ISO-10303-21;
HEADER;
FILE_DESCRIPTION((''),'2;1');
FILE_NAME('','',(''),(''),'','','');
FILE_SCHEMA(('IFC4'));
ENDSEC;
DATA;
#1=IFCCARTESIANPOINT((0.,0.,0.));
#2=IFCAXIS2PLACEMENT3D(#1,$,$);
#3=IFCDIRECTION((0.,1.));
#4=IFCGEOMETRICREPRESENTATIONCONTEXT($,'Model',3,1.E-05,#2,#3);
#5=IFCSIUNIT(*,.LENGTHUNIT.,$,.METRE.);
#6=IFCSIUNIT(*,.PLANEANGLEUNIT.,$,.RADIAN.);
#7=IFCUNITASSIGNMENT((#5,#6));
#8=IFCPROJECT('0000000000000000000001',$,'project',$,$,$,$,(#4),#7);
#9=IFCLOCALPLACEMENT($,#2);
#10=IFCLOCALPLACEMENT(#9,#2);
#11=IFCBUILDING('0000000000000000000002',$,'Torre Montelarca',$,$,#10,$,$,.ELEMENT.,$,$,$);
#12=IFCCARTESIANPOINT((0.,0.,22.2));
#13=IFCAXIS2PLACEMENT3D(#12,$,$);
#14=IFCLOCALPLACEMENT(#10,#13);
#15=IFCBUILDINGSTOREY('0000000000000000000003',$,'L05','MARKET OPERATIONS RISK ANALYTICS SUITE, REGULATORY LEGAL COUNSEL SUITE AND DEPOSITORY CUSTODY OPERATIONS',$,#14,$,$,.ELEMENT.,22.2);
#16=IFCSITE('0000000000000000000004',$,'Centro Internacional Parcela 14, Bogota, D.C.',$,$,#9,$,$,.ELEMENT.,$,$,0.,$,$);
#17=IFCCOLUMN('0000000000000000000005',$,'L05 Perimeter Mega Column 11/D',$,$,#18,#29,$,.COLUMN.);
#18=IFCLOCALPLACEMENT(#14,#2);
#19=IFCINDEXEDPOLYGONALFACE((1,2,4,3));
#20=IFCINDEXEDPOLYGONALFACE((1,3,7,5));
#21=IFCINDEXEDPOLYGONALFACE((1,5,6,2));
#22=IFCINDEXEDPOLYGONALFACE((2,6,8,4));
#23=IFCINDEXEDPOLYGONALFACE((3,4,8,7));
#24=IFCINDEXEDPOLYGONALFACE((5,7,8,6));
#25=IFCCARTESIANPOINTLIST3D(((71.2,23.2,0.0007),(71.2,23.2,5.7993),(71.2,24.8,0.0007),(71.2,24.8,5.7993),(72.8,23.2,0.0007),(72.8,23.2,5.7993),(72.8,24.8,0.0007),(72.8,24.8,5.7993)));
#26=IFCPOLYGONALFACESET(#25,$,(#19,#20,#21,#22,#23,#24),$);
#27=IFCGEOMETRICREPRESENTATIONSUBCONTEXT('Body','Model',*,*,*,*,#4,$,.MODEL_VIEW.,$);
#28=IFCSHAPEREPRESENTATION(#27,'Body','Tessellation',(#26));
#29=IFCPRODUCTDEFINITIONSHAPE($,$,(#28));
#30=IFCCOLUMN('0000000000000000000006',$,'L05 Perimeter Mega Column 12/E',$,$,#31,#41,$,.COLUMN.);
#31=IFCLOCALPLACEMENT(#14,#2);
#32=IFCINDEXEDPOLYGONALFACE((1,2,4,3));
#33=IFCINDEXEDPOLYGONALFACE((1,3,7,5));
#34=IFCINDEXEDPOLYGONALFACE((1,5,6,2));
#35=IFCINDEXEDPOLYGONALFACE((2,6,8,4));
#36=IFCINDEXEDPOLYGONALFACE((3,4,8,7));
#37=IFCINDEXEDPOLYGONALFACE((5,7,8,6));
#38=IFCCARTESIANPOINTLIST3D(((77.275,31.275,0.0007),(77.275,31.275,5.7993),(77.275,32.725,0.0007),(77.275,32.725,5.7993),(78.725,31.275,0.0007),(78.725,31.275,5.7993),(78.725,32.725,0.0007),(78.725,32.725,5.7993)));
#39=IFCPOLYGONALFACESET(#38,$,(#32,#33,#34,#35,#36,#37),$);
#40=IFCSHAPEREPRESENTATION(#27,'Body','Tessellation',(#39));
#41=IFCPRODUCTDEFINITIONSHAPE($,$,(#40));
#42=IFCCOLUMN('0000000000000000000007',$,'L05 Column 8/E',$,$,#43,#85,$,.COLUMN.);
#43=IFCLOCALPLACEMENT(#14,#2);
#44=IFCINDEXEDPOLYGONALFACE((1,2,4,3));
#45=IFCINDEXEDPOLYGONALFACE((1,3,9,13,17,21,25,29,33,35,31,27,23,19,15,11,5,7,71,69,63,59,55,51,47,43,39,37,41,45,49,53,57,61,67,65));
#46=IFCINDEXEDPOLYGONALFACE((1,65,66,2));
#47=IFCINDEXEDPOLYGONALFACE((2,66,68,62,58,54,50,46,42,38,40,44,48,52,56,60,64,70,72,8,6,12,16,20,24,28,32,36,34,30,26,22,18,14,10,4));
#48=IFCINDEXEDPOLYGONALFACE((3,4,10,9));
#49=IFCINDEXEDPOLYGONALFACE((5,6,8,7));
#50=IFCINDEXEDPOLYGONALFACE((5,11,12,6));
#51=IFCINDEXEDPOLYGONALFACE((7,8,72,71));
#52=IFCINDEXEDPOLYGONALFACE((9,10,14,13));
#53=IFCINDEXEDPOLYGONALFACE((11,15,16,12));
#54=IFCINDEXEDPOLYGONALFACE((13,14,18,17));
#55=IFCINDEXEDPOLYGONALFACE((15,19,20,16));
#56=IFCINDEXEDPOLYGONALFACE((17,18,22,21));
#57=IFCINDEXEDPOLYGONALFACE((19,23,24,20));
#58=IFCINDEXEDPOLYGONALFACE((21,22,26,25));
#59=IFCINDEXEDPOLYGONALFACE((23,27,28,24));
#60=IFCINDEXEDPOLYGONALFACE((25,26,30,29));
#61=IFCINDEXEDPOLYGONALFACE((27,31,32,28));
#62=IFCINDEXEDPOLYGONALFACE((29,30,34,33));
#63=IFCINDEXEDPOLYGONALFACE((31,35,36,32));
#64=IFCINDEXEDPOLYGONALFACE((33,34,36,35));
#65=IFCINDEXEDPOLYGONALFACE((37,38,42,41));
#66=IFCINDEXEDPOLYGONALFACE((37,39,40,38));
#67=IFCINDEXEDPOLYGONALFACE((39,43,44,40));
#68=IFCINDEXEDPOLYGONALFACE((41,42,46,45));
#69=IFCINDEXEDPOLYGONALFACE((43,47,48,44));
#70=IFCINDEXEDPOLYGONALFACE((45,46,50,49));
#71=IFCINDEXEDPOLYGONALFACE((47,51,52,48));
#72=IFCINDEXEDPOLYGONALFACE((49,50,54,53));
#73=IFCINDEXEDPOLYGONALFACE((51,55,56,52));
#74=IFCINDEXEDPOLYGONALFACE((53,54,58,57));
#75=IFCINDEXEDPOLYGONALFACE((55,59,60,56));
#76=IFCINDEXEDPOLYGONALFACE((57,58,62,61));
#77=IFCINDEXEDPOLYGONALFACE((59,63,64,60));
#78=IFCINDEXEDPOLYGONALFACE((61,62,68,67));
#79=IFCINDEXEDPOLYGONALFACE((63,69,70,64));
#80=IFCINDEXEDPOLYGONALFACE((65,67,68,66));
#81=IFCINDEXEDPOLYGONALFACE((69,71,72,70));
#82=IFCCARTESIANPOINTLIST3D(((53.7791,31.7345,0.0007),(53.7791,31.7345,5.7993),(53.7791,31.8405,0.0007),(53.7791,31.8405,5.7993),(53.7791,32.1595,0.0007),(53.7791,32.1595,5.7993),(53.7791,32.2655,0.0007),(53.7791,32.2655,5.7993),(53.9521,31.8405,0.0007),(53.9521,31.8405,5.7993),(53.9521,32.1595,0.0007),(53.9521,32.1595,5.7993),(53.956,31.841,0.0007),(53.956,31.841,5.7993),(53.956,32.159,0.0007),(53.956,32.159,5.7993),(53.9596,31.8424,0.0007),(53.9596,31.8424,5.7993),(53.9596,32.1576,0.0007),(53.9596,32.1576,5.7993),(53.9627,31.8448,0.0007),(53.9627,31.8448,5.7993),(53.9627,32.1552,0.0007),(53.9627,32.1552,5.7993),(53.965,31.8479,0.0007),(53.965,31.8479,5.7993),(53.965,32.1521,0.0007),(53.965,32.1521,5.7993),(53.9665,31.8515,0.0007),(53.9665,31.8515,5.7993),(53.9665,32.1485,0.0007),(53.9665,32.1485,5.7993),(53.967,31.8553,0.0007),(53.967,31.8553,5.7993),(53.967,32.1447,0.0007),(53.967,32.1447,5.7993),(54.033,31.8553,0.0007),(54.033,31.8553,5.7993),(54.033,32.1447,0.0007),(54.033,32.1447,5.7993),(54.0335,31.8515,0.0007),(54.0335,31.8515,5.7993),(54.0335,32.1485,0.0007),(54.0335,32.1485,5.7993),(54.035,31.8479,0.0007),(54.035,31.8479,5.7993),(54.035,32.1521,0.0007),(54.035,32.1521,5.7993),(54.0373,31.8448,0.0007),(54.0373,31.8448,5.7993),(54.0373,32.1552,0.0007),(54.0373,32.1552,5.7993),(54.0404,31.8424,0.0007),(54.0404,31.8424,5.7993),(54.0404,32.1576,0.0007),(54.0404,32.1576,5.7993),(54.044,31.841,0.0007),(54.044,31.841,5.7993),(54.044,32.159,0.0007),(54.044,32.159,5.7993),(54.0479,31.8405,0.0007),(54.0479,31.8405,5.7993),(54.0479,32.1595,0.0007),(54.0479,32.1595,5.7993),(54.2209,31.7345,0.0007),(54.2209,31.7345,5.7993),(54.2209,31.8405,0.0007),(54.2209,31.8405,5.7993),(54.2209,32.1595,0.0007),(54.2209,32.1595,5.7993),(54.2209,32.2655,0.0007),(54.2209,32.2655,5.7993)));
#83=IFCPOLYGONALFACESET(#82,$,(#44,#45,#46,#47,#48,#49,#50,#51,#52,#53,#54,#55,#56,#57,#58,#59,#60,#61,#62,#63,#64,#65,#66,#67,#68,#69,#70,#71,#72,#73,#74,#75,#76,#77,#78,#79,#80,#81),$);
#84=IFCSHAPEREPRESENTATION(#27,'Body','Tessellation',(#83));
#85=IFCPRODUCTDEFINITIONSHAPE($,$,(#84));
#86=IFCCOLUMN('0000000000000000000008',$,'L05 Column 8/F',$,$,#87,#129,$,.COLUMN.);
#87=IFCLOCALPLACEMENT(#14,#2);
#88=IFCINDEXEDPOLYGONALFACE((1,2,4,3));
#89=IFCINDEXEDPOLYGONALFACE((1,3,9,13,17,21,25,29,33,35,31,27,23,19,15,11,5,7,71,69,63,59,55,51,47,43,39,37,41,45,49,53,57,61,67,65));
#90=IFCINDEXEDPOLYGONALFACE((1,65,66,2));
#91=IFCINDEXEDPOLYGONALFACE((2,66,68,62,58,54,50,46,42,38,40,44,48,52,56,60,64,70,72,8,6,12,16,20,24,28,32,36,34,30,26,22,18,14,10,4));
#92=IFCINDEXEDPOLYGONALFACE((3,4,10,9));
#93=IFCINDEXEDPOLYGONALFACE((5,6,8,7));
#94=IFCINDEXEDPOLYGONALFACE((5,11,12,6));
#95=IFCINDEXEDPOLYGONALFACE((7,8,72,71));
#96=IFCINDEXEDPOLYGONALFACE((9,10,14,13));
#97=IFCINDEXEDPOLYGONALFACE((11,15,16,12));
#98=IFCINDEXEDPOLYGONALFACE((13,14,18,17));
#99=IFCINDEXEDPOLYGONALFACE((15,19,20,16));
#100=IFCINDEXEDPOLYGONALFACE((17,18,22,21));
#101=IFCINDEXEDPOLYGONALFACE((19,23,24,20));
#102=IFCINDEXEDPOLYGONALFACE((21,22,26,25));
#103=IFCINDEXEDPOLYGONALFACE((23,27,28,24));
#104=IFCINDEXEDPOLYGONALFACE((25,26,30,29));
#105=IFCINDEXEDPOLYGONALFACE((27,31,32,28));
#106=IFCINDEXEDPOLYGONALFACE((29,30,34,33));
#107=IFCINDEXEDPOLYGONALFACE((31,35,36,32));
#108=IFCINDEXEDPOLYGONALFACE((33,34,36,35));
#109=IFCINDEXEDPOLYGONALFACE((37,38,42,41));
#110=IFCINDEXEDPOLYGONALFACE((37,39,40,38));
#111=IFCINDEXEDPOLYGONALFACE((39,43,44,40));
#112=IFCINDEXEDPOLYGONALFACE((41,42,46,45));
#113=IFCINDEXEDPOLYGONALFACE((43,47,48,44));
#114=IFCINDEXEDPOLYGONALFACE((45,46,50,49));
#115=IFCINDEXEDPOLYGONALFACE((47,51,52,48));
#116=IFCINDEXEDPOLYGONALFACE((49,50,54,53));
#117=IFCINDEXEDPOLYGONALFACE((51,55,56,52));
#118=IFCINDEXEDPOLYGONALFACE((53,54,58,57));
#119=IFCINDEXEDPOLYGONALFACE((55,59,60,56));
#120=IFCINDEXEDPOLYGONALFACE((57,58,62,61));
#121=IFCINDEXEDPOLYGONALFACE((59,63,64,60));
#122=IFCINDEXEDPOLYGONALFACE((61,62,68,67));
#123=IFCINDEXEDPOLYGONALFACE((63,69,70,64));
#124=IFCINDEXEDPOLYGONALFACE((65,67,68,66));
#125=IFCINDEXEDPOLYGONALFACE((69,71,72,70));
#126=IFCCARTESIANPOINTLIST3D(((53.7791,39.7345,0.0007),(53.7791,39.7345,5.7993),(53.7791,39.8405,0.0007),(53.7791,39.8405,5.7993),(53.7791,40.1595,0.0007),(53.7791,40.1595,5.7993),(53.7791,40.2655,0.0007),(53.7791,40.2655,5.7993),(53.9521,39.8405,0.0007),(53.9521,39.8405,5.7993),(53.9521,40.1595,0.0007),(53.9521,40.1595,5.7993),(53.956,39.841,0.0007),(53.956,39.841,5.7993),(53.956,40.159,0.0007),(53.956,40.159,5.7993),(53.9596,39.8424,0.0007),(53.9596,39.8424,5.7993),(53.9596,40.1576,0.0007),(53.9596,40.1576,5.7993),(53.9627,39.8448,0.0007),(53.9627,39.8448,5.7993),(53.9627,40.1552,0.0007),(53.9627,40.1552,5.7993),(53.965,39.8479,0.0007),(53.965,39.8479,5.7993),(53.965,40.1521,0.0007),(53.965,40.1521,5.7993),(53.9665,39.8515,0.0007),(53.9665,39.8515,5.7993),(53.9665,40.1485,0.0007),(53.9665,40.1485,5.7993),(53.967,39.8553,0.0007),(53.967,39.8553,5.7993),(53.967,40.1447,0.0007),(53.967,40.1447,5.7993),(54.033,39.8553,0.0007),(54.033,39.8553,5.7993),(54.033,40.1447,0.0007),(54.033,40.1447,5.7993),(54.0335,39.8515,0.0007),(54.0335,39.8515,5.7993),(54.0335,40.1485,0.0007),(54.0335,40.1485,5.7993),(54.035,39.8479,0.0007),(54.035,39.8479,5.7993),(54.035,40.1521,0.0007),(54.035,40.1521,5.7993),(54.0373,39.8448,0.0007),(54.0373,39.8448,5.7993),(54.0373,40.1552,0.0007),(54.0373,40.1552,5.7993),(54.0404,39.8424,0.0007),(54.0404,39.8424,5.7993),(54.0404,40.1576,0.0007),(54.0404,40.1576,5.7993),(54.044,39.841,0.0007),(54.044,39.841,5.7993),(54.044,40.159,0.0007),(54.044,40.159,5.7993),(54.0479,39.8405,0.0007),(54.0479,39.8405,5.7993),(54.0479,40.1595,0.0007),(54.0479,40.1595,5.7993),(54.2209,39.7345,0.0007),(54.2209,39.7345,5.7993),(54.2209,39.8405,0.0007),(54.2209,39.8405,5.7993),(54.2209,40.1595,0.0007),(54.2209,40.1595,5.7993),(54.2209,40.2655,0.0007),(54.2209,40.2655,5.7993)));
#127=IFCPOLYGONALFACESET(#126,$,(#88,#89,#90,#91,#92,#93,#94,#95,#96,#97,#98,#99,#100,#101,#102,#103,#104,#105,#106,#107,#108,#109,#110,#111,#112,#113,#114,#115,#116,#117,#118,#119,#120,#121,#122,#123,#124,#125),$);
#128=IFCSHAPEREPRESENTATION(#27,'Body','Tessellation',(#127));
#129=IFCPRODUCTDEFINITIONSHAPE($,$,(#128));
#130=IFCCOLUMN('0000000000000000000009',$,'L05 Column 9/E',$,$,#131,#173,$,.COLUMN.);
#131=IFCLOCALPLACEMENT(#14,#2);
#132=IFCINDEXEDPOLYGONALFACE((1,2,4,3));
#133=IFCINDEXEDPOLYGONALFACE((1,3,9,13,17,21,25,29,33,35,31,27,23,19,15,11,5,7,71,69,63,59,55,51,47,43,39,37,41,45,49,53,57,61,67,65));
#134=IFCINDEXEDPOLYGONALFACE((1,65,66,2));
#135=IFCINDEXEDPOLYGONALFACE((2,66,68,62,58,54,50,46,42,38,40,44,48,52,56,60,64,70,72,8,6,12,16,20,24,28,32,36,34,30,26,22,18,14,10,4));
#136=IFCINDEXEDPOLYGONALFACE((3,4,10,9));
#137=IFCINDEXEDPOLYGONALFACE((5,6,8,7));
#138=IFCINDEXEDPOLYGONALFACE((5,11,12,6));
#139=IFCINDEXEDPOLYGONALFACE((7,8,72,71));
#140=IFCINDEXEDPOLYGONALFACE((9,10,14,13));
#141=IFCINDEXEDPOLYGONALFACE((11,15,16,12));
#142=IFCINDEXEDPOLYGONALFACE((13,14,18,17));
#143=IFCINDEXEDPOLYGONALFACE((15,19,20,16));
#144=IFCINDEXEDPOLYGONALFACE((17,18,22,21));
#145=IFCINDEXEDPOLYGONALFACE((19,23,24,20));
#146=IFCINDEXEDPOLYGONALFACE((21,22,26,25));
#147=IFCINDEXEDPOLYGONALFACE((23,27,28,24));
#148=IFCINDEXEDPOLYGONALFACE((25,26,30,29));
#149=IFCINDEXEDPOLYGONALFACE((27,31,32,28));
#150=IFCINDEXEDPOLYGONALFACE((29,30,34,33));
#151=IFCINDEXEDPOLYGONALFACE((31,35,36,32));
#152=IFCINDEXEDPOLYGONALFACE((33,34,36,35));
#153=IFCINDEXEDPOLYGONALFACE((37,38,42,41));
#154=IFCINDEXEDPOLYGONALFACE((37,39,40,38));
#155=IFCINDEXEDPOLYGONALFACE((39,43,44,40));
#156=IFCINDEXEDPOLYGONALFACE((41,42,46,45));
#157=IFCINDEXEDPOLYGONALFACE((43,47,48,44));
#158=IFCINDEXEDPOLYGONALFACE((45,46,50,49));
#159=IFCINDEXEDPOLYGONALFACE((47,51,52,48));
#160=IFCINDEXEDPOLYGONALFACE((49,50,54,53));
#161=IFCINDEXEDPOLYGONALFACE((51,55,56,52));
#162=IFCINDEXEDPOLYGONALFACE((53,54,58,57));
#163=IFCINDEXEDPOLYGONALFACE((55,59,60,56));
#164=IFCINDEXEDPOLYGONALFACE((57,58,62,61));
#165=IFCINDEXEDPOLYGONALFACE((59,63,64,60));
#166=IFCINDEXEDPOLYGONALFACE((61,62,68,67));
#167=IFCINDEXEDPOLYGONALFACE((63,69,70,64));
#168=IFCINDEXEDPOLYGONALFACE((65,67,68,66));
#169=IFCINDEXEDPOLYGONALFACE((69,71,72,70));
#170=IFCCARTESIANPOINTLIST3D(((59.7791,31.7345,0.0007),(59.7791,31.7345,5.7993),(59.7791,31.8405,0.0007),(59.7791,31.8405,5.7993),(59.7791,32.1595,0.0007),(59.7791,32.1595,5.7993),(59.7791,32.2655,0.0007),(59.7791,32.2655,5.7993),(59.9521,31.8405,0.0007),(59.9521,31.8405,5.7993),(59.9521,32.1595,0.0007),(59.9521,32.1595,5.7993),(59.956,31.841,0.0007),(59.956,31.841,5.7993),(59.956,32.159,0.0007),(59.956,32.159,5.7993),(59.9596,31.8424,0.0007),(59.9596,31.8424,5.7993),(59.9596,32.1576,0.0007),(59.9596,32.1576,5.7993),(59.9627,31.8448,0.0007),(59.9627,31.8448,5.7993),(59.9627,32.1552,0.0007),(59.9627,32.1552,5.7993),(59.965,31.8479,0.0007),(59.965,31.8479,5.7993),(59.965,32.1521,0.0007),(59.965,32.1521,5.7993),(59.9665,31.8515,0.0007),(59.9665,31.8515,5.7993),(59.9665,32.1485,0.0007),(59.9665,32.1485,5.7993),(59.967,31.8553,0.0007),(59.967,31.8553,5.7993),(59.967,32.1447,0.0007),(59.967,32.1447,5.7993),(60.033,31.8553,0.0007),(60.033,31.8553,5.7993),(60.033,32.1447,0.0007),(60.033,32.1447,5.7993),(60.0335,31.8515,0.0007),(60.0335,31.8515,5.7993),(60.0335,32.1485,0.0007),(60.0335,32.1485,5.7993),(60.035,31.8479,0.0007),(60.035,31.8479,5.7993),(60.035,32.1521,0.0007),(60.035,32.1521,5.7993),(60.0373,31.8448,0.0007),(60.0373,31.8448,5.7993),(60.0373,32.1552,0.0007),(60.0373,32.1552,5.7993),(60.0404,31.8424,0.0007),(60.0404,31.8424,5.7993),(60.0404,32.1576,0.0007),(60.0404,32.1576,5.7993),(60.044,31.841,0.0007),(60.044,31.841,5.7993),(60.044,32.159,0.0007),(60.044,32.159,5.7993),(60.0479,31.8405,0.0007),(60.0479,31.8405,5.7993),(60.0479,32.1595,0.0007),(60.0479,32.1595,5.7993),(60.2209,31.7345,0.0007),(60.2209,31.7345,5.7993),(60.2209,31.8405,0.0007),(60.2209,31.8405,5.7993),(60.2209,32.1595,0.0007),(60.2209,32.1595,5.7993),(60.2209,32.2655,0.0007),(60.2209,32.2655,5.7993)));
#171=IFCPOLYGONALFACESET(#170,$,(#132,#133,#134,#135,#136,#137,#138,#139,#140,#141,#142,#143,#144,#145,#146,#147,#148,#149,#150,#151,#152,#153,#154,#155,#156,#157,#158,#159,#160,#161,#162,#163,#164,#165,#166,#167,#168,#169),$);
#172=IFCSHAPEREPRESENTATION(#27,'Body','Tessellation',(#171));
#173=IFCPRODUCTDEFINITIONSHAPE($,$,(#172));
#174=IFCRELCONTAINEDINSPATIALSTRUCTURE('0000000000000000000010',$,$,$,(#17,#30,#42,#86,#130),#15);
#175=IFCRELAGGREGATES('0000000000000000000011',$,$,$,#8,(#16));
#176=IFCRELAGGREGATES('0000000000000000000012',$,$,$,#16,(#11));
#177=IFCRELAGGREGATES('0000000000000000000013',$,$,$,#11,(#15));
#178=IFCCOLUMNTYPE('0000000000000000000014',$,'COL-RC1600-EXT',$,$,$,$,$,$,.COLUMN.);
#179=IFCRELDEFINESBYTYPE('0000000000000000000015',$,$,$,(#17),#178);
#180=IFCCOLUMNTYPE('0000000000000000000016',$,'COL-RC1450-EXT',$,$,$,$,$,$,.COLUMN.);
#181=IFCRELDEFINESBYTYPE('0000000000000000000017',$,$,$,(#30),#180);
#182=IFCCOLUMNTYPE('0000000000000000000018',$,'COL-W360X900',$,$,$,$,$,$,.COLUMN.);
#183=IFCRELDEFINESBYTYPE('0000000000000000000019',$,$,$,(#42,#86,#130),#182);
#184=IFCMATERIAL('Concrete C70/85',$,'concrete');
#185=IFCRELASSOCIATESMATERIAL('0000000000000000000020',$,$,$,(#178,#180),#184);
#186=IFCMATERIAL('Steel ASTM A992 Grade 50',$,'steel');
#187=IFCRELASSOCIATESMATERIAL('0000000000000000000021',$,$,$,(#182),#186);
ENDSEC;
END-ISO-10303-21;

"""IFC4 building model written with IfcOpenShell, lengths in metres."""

from ifc_helpers import new_model, si_unit, direction, frame, origin, origin_2d, place, context, subcontext, project, spatial, rectangle, i_section, extrude, source, transform, mapped, material, material_profile, profile_set, type_object, element, save


model = new_model("IFC4")

# Units and contexts
model_context = context("Model", 3, precision=1e-05, world=origin(), true_north=direction((0.0, 1.0)))
body_context = subcontext(model_context, "Body", "Model", "MODEL_VIEW")
ifc_project = project(units=[si_unit("LENGTHUNIT", "METRE"), si_unit("PLANEANGLEUNIT", "RADIAN")], contexts=[model_context])

# Site, building, storey
site_placement = place(None, origin())
site = spatial("IfcSite", under=ifc_project, at=site_placement, Name="Centro Internacional Parcela 14, Bogota, D.C.", CompositionType="ELEMENT", RefElevation=0.0)
building_placement = place(site_placement, origin())
building = spatial("IfcBuilding", under=site, at=building_placement, Name="Torre Montelarca", CompositionType="ELEMENT")
storey_placement = place(building_placement, frame((0.0, 0.0, 22.2)))
storey = spatial("IfcBuildingStorey", under=building, at=storey_placement, Name="L05", Description="MARKET OPERATIONS RISK ANALYTICS SUITE, REGULATORY LEGAL COUNSEL SUITE AND DEPOSITORY CUSTODY OPERATIONS", CompositionType="ELEMENT", Elevation=22.2)

# Columns
ifc_material_1 = material(Name="Concrete C70/85", Category="concrete")
ifc_material_profile_1 = material_profile(ifc_material_1, rectangle(XDim=1.6001, YDim=1.6001, at=origin_2d()), Name="RC1600X1600", Category="concrete")
ifc_profile_set_1 = profile_set([ifc_material_profile_1], Name="Concrete C70/85")
column_type_1 = type_object("IfcColumnType", Name="COL-RC1600-EXT", PredefinedType="COLUMN", material=ifc_profile_set_1)
shared_shape_1 = source(origin(), body_context, "Body", "SweptSolid", [
    extrude(rectangle(XDim=1.6001, YDim=1.6001, at=origin_2d()), origin(), (0.0, 0.0, 1.0), 5.7986),
])
column_1_placement = place(storey_placement, frame((72.0, 24.0, 0.0007), z_axis=(0.0, 0.0, 1.0), x_axis=(1.0, 0.0, 0.0)))
element("IfcColumn", 1, at=column_1_placement, inside=storey, type_object=column_type_1, Name="L05 Perimeter Mega Column 11/D", PredefinedType="COLUMN", context=body_context, shape_type="MappedRepresentation", body=[
    mapped(shared_shape_1, transform((0.0, 0.0, 0.0), scale=1.0)),
])
ifc_material_profile_2 = material_profile(ifc_material_1, rectangle(XDim=1.45, YDim=1.45, at=origin_2d()), Name="RC1450X1450", Category="concrete")
ifc_profile_set_2 = profile_set([ifc_material_profile_2], Name="Concrete C70/85")
column_type_2 = type_object("IfcColumnType", Name="COL-RC1450-EXT", PredefinedType="COLUMN", material=ifc_profile_set_2)
shared_shape_2 = source(origin(), body_context, "Body", "SweptSolid", [
    extrude(rectangle(XDim=1.45, YDim=1.45, at=origin_2d()), origin(), (0.0, 0.0, 1.0), 5.7986),
])
column_2_placement = place(storey_placement, frame((78.0, 32.0, 0.0007), z_axis=(0.0, 0.0, 1.0), x_axis=(1.0, 0.0, 0.0)))
element("IfcColumn", 2, at=column_2_placement, inside=storey, type_object=column_type_2, Name="L05 Perimeter Mega Column 12/E", PredefinedType="COLUMN", context=body_context, shape_type="MappedRepresentation", body=[
    mapped(shared_shape_2, transform((0.0, 0.0, 0.0), scale=1.0)),
])
ifc_material_2 = material(Name="Steel ASTM A992 Grade 50", Category="steel")
ifc_material_profile_3 = material_profile(ifc_material_2, i_section(OverallWidth=0.4419, OverallDepth=0.531, WebThickness=0.0659, FlangeThickness=0.106, FilletRadius=0.0149, at=origin_2d()), Name="W360X900", Category="steel")
ifc_profile_set_3 = profile_set([ifc_material_profile_3], Name="Steel ASTM A992 Grade 50")
column_type_3 = type_object("IfcColumnType", Name="COL-W360X900", PredefinedType="COLUMN", material=ifc_profile_set_3)
shared_shape_3 = source(origin(), body_context, "Body", "SweptSolid", [
    extrude(i_section(OverallWidth=0.4419, OverallDepth=0.531, WebThickness=0.0659, FlangeThickness=0.106, FilletRadius=0.0149, at=origin_2d()), origin(), (0.0, 0.0, 1.0), 5.7986),
])
for number, where, z_axis, x_axis, name in (
    (3, (54.0, 32.0, 0.0007), (0.0, 0.0, 1.0), (1.0, 0.0, 0.0), "L05 Column 8/E"),
    (4, (54.0, 40.0, 0.0007), (0.0, 0.0, 1.0), (1.0, 0.0, 0.0), "L05 Column 8/F"),
    (5, (60.0, 32.0, 0.0007), (0.0, 0.0, 1.0), (1.0, 0.0, 0.0), "L05 Column 9/E"),
):
    element("IfcColumn", number, at=place(storey_placement, frame(where, z_axis=z_axis, x_axis=x_axis)), inside=storey, type_object=column_type_3, Name=name, PredefinedType="COLUMN", context=body_context, shape_type="MappedRepresentation", body=[
        mapped(shared_shape_3, transform((0.0, 0.0, 0.0), scale=1.0)),
    ])

save(model, "model.ifc")
